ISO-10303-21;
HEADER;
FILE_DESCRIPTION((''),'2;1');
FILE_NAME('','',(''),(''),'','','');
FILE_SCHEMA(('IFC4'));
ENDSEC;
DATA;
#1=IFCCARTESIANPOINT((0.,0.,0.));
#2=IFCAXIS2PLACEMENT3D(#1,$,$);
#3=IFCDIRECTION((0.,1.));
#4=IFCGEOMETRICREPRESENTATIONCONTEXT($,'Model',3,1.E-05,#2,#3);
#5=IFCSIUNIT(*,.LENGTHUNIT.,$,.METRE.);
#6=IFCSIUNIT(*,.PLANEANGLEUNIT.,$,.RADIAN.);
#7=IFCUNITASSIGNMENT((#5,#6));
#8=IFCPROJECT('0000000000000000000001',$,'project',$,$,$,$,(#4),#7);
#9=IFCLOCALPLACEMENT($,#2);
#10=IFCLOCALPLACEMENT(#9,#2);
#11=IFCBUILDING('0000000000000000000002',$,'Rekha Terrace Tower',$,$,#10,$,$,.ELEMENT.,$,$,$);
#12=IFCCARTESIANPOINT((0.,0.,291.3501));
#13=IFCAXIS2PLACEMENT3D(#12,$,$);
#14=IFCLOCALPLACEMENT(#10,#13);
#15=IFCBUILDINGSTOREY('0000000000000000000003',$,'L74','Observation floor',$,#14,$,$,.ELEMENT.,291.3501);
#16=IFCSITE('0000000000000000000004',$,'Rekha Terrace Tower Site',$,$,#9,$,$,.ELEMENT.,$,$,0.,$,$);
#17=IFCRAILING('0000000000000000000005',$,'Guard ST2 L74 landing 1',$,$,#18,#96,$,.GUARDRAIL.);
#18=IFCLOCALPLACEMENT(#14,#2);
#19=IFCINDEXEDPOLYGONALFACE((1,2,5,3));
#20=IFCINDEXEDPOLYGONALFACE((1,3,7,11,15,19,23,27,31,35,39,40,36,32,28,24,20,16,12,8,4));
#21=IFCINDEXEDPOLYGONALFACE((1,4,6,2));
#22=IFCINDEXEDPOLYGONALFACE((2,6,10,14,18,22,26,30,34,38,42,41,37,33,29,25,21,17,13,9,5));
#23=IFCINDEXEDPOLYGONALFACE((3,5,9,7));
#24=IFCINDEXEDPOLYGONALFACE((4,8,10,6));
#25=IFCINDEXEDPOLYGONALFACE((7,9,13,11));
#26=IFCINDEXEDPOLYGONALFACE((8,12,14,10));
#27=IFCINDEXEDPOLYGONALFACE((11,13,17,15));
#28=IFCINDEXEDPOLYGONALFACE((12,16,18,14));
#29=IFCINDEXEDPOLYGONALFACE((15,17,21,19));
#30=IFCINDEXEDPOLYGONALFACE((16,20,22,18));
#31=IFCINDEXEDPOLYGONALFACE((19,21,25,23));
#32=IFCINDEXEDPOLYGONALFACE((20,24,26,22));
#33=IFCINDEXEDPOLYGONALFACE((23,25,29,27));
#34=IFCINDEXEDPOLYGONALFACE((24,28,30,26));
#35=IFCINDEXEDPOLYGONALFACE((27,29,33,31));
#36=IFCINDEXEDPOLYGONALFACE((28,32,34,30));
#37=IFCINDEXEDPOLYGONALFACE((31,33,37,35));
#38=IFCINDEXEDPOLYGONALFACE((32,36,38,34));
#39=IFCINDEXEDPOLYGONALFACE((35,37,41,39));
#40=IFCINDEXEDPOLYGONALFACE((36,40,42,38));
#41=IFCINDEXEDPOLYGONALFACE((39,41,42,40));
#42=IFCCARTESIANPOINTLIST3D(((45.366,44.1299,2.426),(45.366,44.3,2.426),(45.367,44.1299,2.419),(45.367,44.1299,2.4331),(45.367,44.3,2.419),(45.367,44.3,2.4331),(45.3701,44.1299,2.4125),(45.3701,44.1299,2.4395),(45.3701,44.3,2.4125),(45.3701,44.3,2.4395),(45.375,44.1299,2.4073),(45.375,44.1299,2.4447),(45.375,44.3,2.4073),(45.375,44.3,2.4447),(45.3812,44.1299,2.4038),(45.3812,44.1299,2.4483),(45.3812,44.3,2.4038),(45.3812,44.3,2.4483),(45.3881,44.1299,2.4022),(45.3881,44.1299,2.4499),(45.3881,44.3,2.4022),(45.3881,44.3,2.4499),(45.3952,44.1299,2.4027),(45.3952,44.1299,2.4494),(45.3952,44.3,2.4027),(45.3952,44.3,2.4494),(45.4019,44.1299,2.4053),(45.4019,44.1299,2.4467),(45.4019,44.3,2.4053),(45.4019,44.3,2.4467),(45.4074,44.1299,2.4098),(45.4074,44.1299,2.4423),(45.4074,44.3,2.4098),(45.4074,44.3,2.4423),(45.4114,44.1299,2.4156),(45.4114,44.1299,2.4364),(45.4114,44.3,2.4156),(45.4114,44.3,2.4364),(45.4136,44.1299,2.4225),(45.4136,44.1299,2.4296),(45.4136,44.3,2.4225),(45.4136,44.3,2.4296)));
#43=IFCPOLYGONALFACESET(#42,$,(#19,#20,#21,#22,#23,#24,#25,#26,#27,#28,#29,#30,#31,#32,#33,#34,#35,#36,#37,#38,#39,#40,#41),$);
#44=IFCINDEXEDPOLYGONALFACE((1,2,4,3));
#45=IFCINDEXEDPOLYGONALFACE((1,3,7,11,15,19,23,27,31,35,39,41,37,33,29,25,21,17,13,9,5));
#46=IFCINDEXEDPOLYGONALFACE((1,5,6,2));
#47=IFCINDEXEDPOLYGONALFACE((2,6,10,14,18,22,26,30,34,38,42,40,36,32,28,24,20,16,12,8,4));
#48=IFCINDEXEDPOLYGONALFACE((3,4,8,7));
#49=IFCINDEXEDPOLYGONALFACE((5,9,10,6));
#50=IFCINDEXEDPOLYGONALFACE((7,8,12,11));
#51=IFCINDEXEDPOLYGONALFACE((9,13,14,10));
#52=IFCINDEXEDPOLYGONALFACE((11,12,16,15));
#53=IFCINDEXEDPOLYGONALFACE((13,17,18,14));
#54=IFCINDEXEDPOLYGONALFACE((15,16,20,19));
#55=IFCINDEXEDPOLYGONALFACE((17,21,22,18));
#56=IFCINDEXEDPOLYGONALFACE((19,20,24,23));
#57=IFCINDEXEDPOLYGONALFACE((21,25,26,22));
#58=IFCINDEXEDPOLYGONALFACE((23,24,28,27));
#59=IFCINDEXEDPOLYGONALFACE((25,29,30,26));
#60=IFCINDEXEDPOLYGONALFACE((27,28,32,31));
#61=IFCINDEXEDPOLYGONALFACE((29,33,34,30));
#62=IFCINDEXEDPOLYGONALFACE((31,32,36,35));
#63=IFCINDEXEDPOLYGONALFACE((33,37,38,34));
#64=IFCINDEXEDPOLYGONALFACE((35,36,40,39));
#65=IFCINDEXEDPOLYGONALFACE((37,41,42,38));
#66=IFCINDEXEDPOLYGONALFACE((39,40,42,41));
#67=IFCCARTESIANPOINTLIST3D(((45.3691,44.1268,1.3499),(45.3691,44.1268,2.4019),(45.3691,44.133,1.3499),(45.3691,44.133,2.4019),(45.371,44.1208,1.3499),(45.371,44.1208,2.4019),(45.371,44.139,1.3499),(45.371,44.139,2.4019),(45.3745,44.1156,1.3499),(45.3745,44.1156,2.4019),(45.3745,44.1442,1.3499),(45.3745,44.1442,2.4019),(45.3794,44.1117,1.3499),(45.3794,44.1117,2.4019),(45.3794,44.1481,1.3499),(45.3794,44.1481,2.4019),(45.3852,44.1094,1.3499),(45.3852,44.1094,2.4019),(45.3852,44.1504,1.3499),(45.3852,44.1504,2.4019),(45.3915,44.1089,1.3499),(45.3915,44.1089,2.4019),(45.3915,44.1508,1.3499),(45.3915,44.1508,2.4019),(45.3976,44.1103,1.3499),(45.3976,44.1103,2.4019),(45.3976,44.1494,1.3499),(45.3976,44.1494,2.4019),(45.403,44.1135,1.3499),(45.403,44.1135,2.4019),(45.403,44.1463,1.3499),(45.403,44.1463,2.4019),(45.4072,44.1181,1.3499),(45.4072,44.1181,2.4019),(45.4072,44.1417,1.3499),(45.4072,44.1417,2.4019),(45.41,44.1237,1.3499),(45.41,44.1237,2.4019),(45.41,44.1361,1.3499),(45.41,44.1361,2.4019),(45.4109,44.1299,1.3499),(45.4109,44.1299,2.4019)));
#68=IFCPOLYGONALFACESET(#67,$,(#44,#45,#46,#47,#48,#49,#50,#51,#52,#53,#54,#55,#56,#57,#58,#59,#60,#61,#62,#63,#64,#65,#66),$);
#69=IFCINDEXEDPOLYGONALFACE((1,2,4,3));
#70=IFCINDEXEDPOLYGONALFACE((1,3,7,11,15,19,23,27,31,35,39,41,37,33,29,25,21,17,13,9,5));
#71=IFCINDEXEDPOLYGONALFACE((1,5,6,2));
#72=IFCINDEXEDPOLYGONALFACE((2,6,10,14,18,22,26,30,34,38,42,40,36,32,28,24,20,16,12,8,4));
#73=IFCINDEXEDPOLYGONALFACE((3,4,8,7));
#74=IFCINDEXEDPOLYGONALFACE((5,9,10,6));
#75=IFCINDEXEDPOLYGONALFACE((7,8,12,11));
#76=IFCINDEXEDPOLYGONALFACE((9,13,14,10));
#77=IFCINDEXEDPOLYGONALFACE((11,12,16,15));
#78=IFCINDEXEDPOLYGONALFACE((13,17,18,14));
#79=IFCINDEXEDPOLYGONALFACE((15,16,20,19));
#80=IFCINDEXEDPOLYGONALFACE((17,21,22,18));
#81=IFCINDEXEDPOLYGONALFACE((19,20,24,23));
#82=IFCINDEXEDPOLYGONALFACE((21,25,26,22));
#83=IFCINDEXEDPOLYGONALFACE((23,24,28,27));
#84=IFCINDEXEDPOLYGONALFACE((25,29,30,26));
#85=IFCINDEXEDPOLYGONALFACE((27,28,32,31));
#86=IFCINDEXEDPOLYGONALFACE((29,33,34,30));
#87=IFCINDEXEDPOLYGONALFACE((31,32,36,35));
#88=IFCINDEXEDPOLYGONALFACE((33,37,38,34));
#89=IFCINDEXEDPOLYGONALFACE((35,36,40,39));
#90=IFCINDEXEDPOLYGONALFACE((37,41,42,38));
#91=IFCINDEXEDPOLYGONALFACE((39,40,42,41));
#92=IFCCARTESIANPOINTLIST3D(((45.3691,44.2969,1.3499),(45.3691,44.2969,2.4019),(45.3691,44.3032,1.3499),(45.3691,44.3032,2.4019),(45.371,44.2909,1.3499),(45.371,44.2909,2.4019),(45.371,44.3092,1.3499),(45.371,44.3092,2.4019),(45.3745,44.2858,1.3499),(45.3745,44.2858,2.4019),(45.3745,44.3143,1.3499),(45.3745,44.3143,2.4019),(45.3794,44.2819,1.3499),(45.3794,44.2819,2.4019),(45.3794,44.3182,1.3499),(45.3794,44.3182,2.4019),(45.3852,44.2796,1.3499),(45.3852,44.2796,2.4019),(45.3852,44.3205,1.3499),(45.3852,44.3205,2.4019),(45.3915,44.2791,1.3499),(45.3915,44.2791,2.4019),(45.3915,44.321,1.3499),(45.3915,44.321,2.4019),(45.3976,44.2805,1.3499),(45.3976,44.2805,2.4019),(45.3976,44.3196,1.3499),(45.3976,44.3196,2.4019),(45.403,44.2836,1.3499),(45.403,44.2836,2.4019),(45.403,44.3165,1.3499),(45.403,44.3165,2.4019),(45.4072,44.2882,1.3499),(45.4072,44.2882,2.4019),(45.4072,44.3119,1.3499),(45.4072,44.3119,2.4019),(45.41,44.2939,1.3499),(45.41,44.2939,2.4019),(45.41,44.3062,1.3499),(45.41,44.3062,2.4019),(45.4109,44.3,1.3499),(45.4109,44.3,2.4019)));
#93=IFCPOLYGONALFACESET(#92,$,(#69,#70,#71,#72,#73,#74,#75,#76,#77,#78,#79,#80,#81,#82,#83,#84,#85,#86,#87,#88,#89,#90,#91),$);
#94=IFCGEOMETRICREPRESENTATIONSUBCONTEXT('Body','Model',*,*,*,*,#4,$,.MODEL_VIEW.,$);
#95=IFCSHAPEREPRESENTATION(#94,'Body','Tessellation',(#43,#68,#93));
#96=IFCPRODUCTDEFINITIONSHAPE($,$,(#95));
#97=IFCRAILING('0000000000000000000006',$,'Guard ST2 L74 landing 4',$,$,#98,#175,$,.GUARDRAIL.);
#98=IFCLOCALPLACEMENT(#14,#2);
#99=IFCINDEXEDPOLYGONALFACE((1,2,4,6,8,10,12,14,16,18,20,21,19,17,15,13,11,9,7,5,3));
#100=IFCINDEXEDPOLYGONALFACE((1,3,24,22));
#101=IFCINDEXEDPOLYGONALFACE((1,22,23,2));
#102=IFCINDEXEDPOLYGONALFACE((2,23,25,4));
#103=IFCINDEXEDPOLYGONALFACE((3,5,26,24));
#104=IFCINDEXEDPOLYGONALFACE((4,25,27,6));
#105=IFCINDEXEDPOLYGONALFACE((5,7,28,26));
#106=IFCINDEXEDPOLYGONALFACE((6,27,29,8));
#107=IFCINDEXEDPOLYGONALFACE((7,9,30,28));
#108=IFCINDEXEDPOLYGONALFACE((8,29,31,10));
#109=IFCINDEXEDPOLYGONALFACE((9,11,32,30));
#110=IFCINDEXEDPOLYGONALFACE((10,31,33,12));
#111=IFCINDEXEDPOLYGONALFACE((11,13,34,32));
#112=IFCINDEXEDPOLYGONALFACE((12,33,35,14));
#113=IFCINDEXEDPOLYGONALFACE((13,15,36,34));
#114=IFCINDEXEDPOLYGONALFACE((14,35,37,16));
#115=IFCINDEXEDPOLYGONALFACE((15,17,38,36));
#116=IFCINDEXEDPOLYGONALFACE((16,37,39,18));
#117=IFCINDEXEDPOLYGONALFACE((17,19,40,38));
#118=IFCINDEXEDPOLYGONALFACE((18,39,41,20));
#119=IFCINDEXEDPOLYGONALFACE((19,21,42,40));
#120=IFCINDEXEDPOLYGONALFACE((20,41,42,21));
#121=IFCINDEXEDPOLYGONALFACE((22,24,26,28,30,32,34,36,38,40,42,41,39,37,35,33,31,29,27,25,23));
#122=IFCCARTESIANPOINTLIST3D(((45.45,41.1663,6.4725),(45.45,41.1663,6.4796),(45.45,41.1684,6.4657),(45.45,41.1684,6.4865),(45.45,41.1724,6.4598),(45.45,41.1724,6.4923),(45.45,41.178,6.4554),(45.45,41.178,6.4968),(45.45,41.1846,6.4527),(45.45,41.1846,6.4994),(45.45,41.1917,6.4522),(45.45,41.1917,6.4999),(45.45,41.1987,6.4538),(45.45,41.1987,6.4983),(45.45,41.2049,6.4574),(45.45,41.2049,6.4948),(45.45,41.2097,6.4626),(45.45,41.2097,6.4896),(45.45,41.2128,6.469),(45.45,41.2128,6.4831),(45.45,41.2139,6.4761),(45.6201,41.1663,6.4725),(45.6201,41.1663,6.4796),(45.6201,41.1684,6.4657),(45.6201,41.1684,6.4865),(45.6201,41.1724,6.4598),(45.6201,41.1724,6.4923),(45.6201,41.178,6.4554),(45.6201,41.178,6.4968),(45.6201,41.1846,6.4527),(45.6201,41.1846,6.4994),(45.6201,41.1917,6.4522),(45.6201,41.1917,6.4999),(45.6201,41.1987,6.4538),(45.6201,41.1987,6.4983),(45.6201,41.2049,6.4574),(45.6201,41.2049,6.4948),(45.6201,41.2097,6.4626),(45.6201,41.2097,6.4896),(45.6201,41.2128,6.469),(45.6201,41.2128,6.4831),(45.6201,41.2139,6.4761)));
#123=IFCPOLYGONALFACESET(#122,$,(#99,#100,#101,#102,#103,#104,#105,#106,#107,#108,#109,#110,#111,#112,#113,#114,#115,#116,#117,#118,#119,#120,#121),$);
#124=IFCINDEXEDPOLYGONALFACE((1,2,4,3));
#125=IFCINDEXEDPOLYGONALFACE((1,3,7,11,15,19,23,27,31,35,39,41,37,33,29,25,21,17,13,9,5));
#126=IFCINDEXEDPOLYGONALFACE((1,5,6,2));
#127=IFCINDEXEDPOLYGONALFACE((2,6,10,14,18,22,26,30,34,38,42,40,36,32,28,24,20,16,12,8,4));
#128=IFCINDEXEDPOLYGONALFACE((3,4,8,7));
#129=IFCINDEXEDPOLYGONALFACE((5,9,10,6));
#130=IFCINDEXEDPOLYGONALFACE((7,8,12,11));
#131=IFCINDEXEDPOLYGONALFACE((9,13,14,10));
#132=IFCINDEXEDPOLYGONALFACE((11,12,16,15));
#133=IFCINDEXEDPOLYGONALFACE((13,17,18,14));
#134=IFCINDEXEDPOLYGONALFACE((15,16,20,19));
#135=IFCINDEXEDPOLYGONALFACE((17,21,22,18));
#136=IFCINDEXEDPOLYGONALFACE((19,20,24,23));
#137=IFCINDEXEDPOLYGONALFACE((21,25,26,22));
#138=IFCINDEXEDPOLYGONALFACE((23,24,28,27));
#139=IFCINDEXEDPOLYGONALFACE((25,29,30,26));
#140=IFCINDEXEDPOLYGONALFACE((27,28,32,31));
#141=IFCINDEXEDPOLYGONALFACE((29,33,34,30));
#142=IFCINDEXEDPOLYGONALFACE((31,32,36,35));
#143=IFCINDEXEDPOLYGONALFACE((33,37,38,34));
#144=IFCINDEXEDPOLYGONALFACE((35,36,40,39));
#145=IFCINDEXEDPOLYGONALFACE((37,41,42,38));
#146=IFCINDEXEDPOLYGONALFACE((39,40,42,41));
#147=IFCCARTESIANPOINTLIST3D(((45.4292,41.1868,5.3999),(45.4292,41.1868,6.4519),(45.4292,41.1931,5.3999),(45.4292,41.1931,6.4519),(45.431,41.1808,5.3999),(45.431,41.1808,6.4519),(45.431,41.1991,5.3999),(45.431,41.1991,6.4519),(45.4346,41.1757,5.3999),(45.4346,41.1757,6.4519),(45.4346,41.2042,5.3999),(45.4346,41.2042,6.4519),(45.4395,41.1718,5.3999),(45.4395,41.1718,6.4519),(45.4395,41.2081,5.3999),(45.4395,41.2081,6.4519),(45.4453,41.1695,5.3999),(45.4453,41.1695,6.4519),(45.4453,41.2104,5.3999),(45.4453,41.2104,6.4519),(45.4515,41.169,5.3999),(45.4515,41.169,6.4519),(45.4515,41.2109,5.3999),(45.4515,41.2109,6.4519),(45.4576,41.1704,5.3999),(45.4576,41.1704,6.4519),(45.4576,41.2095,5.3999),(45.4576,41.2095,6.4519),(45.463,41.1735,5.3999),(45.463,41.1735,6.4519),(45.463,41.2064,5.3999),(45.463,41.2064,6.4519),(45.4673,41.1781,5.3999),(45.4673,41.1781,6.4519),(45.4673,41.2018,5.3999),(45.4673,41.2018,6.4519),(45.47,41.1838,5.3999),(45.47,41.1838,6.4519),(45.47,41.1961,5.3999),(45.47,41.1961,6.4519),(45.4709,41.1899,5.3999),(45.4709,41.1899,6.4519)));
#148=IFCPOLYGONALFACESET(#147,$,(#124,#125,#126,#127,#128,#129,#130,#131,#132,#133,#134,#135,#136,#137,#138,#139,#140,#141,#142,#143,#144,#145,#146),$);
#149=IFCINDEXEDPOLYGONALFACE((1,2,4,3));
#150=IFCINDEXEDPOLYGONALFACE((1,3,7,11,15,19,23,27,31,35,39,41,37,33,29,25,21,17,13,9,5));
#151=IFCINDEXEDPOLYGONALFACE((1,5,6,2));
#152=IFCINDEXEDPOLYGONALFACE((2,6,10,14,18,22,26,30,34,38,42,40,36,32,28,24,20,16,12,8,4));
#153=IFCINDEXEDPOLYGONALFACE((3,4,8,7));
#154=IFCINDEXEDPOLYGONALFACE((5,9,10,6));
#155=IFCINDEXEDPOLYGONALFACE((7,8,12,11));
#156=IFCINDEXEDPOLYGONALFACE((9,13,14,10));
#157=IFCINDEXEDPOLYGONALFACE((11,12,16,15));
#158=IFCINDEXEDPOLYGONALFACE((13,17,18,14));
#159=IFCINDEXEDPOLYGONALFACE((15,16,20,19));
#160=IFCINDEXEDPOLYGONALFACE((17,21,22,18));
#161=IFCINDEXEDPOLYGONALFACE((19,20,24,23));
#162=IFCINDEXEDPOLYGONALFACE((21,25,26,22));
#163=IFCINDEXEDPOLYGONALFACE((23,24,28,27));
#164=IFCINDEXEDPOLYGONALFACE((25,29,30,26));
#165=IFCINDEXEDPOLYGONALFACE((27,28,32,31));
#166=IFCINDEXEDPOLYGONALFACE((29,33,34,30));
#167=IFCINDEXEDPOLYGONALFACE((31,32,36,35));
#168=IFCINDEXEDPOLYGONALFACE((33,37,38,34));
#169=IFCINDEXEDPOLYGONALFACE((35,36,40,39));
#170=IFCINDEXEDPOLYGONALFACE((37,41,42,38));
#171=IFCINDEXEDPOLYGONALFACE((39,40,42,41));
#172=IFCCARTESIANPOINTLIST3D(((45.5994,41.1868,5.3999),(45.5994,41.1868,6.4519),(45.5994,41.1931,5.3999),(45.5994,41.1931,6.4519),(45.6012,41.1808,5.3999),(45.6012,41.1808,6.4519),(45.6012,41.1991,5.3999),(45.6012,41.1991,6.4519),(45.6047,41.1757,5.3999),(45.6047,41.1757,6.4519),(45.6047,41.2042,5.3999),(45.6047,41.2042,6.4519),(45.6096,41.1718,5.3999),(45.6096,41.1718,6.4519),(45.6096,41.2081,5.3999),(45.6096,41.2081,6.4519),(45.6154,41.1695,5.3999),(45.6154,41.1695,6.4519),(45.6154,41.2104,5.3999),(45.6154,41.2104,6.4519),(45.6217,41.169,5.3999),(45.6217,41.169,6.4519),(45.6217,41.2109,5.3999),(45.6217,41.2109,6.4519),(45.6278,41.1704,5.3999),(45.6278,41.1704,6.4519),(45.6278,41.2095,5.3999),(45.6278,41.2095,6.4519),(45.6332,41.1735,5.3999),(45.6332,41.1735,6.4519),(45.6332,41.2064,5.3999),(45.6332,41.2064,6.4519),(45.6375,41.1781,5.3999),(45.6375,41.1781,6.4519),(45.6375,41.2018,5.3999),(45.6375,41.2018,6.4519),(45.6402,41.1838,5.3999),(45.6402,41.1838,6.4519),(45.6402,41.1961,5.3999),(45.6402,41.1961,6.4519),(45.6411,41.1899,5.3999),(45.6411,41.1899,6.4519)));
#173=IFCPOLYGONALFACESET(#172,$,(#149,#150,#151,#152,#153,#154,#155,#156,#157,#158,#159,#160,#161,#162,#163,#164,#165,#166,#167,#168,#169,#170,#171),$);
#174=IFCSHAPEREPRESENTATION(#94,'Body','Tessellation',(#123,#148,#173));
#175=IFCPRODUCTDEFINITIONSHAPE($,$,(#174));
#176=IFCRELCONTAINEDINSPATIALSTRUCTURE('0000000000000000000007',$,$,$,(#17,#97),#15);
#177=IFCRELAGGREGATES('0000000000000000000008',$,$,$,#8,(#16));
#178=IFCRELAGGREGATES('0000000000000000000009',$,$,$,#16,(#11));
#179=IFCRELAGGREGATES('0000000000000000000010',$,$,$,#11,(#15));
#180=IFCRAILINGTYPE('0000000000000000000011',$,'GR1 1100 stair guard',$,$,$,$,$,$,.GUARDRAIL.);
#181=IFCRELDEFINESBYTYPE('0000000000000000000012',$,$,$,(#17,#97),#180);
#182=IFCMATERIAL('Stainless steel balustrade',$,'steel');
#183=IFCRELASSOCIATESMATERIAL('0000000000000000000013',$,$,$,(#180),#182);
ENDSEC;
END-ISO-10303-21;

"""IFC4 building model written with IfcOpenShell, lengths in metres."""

from ifc_helpers import new_model, si_unit, direction, frame, origin, origin_2d, place, context, subcontext, project, spatial, circle, extrude, material, type_object, element, save


model = new_model("IFC4")

# Units and contexts
model_context = context("Model", 3, precision=1e-05, world=origin(), true_north=direction((0.0, 1.0)))
body_context = subcontext(model_context, "Body", "Model", "MODEL_VIEW")
ifc_project = project(units=[si_unit("LENGTHUNIT", "METRE"), si_unit("PLANEANGLEUNIT", "RADIAN")], contexts=[model_context])

# Site, building, storey
site_placement = place(None, origin())
site = spatial("IfcSite", under=ifc_project, at=site_placement, Name="Rekha Terrace Tower Site", CompositionType="ELEMENT", RefElevation=0.0)
building_placement = place(site_placement, origin())
building = spatial("IfcBuilding", under=site, at=building_placement, Name="Rekha Terrace Tower", CompositionType="ELEMENT")
storey_placement = place(building_placement, frame((0.0, 0.0, 291.3501)))
storey = spatial("IfcBuildingStorey", under=building, at=storey_placement, Name="L74", Description="Observation floor", CompositionType="ELEMENT", Elevation=291.3501)

# Railings
ifc_material_1 = material(Name="Stainless steel balustrade", Category="steel")
railing_type_1 = type_object("IfcRailingType", Name="GR1 1100 stair guard", PredefinedType="GUARDRAIL", material=ifc_material_1)
railing_1_placement = place(storey_placement, frame((45.3899, 44.1299, 1.3499)))
element("IfcRailing", 1, at=railing_1_placement, inside=storey, type_object=railing_type_1, Name="Guard ST2 L74 landing 1", PredefinedType="GUARDRAIL", context=body_context, shape_type="SweptSolid", body=[
    extrude(circle(Radius=0.0239, at=origin_2d()), frame((0.0, 0.0, 1.0762), z_axis=(0.0, 1.0, 0.0), x_axis=(-1.0, 0.0, 0.0)), (0.0, 0.0, 1.0), 0.1702),
    extrude(circle(Radius=0.021, at=origin_2d()), origin(), (0.0, 0.0, 1.0), 1.052),
    extrude(circle(Radius=0.021, at=origin_2d()), frame((0.0, 0.1702, 0.0)), (0.0, 0.0, 1.0), 1.052),
])
railing_2_placement = place(storey_placement, frame((45.45, 41.1899, 5.3999)))
element("IfcRailing", 2, at=railing_2_placement, inside=storey, type_object=railing_type_1, Name="Guard ST2 L74 landing 4", PredefinedType="GUARDRAIL", context=body_context, shape_type="SweptSolid", body=[
    extrude(circle(Radius=0.0239, at=origin_2d()), frame((0.0, 0.0, 1.0762), z_axis=(1.0, 0.0, 0.0), x_axis=(0.0, 1.0, 0.0)), (0.0, 0.0, 1.0), 0.1702),
    extrude(circle(Radius=0.021, at=origin_2d()), origin(), (0.0, 0.0, 1.0), 1.052),
    extrude(circle(Radius=0.021, at=origin_2d()), frame((0.1702, 0.0, 0.0)), (0.0, 0.0, 1.0), 1.052),
])

save(model, "model.ifc")
